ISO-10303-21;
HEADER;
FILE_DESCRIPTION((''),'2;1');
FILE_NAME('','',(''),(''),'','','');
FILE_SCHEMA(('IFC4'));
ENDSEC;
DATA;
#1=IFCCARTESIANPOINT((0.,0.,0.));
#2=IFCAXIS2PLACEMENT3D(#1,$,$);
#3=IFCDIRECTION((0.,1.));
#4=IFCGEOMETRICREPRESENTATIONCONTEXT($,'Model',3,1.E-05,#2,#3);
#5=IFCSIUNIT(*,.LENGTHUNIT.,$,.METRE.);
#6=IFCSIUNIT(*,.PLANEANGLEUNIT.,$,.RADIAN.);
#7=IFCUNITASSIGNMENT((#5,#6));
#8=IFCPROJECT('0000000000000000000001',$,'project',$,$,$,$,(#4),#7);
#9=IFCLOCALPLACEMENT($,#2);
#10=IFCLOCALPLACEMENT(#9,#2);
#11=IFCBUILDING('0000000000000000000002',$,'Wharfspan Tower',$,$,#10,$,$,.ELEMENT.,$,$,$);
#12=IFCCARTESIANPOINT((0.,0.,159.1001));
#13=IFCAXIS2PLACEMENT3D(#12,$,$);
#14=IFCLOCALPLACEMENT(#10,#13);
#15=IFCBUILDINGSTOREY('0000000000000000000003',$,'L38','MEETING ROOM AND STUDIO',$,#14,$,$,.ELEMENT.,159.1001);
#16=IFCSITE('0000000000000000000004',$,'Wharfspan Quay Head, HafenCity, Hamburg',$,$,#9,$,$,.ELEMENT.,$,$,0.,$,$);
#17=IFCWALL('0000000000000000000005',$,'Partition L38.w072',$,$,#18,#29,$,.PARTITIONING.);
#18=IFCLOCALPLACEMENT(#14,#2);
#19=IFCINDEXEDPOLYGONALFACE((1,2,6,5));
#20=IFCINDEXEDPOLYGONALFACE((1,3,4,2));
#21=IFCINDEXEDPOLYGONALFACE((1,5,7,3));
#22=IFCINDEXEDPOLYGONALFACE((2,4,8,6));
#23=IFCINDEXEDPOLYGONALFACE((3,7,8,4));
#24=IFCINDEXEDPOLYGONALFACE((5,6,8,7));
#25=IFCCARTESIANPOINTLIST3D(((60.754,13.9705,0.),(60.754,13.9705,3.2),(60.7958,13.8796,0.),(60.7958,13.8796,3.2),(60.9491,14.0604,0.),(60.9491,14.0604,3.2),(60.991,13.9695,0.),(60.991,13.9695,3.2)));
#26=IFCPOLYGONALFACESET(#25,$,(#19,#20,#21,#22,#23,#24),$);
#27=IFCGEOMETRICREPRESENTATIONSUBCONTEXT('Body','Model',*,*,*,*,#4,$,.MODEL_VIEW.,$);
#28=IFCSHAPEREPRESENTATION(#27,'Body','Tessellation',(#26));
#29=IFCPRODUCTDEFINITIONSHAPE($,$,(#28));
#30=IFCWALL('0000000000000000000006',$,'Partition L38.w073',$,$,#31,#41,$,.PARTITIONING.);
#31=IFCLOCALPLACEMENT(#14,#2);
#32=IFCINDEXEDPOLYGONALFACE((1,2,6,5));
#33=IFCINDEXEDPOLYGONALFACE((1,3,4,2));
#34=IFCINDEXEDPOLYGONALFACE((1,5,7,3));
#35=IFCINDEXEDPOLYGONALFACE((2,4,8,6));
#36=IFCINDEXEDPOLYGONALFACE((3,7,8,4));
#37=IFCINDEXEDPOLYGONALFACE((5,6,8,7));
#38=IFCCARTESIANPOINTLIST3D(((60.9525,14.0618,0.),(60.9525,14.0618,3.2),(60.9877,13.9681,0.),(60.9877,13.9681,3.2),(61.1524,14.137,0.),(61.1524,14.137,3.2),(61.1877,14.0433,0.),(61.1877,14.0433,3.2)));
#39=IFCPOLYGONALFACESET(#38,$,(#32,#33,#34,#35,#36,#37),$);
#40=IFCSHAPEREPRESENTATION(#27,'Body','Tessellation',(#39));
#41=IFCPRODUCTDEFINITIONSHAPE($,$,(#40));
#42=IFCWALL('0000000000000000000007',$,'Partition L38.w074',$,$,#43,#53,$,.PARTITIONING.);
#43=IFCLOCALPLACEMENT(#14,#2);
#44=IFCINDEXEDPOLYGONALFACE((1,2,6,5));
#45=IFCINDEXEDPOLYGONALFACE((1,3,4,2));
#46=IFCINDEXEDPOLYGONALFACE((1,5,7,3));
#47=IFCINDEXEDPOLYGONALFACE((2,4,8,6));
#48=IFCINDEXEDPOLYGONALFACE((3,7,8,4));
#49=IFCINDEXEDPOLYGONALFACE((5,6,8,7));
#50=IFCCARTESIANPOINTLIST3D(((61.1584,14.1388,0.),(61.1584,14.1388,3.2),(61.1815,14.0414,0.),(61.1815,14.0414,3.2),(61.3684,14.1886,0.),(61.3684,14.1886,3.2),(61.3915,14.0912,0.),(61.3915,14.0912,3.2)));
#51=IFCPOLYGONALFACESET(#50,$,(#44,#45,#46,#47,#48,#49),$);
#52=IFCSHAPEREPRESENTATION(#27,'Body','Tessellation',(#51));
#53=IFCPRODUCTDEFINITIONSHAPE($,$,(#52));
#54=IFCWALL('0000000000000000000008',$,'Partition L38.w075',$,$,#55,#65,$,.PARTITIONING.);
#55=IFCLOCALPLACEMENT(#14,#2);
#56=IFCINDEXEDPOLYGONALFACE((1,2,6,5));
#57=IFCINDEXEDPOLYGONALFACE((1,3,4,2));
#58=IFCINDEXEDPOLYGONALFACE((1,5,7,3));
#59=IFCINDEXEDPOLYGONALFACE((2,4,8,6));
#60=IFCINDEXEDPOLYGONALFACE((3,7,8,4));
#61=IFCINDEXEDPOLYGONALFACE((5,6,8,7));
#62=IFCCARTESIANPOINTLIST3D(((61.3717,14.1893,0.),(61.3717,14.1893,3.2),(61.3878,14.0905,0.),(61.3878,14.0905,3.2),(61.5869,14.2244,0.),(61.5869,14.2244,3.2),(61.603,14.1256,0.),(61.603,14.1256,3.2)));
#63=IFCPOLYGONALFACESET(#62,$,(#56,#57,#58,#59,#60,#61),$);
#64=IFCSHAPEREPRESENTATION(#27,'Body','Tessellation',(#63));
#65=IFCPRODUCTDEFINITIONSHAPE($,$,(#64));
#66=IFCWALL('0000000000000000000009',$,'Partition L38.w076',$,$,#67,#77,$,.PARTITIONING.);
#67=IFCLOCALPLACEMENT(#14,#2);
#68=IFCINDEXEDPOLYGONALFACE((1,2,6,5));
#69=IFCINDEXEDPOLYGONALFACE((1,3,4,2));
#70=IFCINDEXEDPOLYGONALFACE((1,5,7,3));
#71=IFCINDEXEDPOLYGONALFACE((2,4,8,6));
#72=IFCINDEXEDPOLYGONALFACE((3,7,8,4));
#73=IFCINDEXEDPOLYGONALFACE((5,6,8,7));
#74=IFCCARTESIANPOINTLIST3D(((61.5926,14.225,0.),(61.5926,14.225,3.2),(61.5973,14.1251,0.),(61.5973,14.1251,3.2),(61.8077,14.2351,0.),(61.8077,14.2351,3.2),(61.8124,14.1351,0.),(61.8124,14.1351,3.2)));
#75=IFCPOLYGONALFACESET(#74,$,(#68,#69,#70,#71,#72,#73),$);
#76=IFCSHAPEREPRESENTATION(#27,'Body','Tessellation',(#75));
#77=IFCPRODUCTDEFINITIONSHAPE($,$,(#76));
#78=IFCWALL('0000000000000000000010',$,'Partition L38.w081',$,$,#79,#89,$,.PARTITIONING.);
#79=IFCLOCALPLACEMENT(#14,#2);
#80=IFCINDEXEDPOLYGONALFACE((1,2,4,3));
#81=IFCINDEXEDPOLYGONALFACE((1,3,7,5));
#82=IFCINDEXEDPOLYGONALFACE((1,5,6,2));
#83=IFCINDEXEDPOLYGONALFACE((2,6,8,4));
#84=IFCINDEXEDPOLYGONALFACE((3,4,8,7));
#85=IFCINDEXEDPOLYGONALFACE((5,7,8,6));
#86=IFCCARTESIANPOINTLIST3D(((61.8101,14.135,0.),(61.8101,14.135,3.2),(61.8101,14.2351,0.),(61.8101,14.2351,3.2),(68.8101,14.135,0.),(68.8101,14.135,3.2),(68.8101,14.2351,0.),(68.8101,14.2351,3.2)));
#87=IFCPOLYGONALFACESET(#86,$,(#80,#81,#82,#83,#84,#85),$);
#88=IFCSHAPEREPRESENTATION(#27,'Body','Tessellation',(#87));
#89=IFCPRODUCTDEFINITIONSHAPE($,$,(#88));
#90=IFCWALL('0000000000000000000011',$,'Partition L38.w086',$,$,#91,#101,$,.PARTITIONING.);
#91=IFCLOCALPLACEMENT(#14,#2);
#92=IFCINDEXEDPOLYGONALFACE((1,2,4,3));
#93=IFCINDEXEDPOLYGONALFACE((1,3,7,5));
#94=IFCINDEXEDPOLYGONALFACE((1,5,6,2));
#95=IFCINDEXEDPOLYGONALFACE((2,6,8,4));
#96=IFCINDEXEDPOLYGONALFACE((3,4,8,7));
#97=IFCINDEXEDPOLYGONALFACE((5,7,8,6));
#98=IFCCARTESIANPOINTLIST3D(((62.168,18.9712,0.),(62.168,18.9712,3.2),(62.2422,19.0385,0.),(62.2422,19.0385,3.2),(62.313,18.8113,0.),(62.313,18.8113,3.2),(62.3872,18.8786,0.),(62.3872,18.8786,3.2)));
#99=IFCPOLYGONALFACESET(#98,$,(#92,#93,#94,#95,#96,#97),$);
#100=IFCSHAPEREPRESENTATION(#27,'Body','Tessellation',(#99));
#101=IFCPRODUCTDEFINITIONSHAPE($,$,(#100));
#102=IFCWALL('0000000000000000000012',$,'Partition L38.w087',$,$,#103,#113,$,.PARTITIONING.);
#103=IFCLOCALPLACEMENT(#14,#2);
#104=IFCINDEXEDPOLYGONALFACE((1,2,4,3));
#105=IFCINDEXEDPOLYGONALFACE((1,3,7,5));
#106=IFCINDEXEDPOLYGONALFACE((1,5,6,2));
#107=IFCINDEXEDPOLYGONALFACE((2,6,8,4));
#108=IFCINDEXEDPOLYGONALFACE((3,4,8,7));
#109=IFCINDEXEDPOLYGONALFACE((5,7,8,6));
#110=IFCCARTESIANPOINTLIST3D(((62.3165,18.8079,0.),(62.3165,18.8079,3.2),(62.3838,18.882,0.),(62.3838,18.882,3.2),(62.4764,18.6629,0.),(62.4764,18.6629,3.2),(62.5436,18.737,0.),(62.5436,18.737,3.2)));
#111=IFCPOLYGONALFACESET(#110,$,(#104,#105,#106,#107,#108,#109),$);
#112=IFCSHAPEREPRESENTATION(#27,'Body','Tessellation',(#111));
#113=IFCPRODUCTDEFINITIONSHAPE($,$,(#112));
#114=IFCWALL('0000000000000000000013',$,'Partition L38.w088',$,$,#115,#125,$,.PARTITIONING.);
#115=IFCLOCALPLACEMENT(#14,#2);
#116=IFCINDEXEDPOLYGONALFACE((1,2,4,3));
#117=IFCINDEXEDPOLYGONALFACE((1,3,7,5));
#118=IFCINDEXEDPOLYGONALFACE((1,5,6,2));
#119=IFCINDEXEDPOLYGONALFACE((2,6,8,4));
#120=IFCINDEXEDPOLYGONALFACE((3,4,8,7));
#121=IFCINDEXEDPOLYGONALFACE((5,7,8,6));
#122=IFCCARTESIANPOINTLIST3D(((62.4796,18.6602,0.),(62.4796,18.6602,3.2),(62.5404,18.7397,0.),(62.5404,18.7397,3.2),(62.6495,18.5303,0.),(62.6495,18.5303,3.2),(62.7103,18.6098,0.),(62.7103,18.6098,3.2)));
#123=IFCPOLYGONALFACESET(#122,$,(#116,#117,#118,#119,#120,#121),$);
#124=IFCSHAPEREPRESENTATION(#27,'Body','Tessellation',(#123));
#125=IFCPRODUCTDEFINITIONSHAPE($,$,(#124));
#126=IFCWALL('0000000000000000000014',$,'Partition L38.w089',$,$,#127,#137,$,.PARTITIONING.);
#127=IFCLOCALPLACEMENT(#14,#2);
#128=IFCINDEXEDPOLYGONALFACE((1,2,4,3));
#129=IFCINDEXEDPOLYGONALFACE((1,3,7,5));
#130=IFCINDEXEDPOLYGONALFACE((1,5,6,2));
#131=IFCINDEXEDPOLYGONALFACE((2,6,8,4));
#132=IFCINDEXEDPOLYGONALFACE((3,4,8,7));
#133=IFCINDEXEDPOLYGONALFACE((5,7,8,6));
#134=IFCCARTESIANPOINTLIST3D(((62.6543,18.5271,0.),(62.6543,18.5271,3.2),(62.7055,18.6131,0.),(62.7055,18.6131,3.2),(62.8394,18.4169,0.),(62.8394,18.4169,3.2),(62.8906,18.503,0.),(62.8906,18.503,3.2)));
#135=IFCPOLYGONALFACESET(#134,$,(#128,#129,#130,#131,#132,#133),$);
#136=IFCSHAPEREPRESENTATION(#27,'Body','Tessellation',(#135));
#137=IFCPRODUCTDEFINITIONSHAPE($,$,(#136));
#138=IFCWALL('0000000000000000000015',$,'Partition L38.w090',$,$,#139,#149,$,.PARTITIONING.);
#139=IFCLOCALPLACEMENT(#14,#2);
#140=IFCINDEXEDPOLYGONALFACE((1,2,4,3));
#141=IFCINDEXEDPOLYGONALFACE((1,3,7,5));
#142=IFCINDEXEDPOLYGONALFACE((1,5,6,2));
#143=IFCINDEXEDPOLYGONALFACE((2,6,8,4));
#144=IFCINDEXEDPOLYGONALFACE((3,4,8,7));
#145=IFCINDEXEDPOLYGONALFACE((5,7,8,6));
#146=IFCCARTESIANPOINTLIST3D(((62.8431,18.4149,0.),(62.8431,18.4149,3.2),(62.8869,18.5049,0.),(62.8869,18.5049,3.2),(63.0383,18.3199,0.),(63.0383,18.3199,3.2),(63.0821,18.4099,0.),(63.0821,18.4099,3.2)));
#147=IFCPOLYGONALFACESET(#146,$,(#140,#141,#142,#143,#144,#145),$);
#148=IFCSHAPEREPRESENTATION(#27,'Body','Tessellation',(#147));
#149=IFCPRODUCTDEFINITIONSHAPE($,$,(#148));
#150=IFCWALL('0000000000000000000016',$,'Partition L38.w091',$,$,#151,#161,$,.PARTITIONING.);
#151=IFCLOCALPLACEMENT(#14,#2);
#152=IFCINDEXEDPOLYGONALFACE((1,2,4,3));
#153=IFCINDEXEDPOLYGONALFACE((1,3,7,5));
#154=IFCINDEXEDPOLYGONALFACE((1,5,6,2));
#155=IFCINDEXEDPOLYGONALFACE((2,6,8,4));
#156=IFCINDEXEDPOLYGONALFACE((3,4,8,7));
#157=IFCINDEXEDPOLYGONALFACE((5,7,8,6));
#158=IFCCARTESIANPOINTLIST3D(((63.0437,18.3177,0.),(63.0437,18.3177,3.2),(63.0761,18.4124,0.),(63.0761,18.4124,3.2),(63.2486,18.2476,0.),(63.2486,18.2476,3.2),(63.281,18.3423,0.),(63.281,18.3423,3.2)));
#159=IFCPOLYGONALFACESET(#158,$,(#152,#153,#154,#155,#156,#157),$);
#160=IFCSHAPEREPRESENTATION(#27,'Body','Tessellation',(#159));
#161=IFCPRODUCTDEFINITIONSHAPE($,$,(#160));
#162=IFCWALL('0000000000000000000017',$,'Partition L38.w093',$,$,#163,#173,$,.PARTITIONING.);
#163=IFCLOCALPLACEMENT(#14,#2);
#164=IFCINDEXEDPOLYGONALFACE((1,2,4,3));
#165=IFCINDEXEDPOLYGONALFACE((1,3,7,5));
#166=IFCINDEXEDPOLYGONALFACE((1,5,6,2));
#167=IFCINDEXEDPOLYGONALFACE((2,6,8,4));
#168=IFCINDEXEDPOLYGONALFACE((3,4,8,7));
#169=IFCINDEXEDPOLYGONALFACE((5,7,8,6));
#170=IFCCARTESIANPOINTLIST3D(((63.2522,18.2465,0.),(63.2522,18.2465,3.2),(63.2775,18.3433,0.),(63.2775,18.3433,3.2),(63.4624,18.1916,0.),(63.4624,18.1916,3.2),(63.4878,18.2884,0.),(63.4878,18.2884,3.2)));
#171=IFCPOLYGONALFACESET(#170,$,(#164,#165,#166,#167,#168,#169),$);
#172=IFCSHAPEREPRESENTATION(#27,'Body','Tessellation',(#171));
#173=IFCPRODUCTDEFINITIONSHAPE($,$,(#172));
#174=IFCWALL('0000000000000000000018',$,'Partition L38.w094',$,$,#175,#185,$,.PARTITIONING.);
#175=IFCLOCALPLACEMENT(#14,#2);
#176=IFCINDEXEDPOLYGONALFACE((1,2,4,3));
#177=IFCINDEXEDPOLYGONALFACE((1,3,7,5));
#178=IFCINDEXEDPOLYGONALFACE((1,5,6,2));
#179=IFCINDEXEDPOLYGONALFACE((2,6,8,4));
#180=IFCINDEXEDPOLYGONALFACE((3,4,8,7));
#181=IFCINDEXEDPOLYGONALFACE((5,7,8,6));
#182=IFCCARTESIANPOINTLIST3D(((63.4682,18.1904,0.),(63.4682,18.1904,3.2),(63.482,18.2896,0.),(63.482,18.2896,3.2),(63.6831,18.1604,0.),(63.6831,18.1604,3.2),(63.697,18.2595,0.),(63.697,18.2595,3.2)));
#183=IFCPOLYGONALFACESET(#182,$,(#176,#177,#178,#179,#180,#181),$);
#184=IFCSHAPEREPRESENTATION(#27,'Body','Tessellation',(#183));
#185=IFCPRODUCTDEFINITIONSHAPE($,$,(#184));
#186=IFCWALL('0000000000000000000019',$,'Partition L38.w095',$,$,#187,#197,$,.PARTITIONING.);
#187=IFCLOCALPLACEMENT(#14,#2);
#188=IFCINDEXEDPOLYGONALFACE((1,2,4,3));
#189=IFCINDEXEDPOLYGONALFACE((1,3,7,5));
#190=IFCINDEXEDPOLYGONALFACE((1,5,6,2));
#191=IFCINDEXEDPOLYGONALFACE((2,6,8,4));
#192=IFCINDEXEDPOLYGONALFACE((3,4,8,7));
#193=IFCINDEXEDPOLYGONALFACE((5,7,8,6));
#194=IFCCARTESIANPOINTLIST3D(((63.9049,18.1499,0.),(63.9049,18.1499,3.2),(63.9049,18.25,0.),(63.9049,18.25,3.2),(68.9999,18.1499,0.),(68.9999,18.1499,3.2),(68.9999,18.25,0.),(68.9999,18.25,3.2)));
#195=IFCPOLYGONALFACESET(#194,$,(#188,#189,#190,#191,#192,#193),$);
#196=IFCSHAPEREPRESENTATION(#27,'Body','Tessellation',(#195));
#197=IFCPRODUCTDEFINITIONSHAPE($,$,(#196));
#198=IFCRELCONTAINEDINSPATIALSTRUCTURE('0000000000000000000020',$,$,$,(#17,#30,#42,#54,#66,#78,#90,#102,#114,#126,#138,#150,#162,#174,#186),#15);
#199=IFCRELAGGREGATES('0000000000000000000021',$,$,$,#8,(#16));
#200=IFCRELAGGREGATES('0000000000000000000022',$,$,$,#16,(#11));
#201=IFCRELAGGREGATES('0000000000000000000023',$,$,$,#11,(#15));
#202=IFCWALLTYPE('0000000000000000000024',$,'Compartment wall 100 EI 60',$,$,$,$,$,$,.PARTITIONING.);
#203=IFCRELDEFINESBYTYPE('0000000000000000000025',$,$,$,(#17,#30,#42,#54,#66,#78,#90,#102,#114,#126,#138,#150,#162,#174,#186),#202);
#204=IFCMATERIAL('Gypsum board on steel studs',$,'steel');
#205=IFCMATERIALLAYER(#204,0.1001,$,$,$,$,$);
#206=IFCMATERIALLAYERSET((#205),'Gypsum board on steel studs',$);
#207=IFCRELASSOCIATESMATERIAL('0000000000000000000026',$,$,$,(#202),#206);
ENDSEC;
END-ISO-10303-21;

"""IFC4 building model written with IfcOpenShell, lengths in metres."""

from ifc_helpers import new_model, si_unit, direction, frame, frame_2d, origin, place, context, subcontext, project, spatial, rectangle, extrude, material, layer, layer_set, type_object, element, save


model = new_model("IFC4")

# Units and contexts
model_context = context("Model", 3, precision=1e-05, world=origin(), true_north=direction((0.0, 1.0)))
body_context = subcontext(model_context, "Body", "Model", "MODEL_VIEW")
ifc_project = project(units=[si_unit("LENGTHUNIT", "METRE"), si_unit("PLANEANGLEUNIT", "RADIAN")], contexts=[model_context])

# Site, building, storey
site_placement = place(None, origin())
site = spatial("IfcSite", under=ifc_project, at=site_placement, Name="Wharfspan Quay Head, HafenCity, Hamburg", CompositionType="ELEMENT", RefElevation=0.0)
building_placement = place(site_placement, origin())
building = spatial("IfcBuilding", under=site, at=building_placement, Name="Wharfspan Tower", CompositionType="ELEMENT")
storey_placement = place(building_placement, frame((0.0, 0.0, 159.1001)))
storey = spatial("IfcBuildingStorey", under=building, at=storey_placement, Name="L38", Description="MEETING ROOM AND STUDIO", CompositionType="ELEMENT", Elevation=159.1001)

# Walls
ifc_material_1 = material(Name="Gypsum board on steel studs", Category="steel")
ifc_layer_1 = layer(ifc_material_1, 0.1001)
ifc_layer_set_1 = layer_set([ifc_layer_1], Name="Gypsum board on steel studs")
wall_type_1 = type_object("IfcWallType", Name="Compartment wall 100 EI 60", PredefinedType="PARTITIONING", material=ifc_layer_set_1)
wall_1_placement = place(storey_placement, frame((60.7749, 13.925, 0.0), z_axis=(0.0, 0.0, 1.0), x_axis=(0.908296, 0.418339, 0.0)))
element("IfcWall", 1, at=wall_1_placement, inside=storey, type_object=wall_type_1, Name="Partition L38.w072", PredefinedType="PARTITIONING", context=body_context, shape_type="SweptSolid", body=[
    extrude(rectangle(XDim=0.2148, YDim=0.1001, at=frame_2d((0.1074, 0.0))), origin(), (0.0, 0.0, 1.0), 3.2),
])
wall_2_placement = place(storey_placement, frame((60.97, 14.0149, 0.0), z_axis=(0.0, 0.0, 1.0), x_axis=(0.936, 0.352, 0.0)))
element("IfcWall", 2, at=wall_2_placement, inside=storey, type_object=wall_type_1, Name="Partition L38.w073", PredefinedType="PARTITIONING", context=body_context, shape_type="SweptSolid", body=[
    extrude(rectangle(XDim=0.2136, YDim=0.1001, at=frame_2d((0.1069, 0.0))), origin(), (0.0, 0.0, 1.0), 3.2),
])
wall_3_placement = place(storey_placement, frame((61.1699, 14.0901, 0.0), z_axis=(0.0, 0.0, 1.0), x_axis=(0.972997, 0.230804, 0.0)))
element("IfcWall", 3, at=wall_3_placement, inside=storey, type_object=wall_type_1, Name="Partition L38.w074", PredefinedType="PARTITIONING", context=body_context, shape_type="SweptSolid", body=[
    extrude(rectangle(XDim=0.2158, YDim=0.1001, at=frame_2d((0.1079, 0.0))), origin(), (0.0, 0.0, 1.0), 3.2),
])
wall_4_placement = place(storey_placement, frame((61.3799, 14.1399, 0.0), z_axis=(0.0, 0.0, 1.0), x_axis=(0.986904, 0.16131, 0.0)))
element("IfcWall", 4, at=wall_4_placement, inside=storey, type_object=wall_type_1, Name="Partition L38.w075", PredefinedType="PARTITIONING", context=body_context, shape_type="SweptSolid", body=[
    extrude(rectangle(XDim=0.218, YDim=0.1001, at=frame_2d((0.1089, 0.0))), origin(), (0.0, 0.0, 1.0), 3.2),
])
wall_5_placement = place(storey_placement, frame((61.595, 14.175, 0.0), z_axis=(0.0, 0.0, 1.0), x_axis=(0.998923, 0.046488, 0.0)))
element("IfcWall", 5, at=wall_5_placement, inside=storey, type_object=wall_type_1, Name="Partition L38.w076", PredefinedType="PARTITIONING", context=body_context, shape_type="SweptSolid", body=[
    extrude(rectangle(XDim=0.2153, YDim=0.1001, at=frame_2d((0.1077, 0.0))), origin(), (0.0, 0.0, 1.0), 3.2),
])
wall_6_placement = place(storey_placement, frame((61.8101, 14.1851, 0.0), z_axis=(0.0, 0.0, 1.0), x_axis=(1.0, 0.0, 0.0)))
element("IfcWall", 6, at=wall_6_placement, inside=storey, type_object=wall_type_1, Name="Partition L38.w081", PredefinedType="PARTITIONING", context=body_context, shape_type="SweptSolid", body=[
    extrude(rectangle(XDim=7.0, YDim=0.1001, at=frame_2d((3.5, 0.0))), origin(), (0.0, 0.0, 1.0), 3.2),
])
for number, where, z_axis, x_axis, name in (
    (7, (62.3501, 18.845, 0.0), (0.0, 0.0, 1.0), (-0.671775, 0.740762, 0.0), "Partition L38.w086"),
    (8, (62.51, 18.7, 0.0), (0.0, 0.0, 1.0), (-0.740762, 0.671775, 0.0), "Partition L38.w087"),
):
    element("IfcWall", number, at=place(storey_placement, frame(where, z_axis=z_axis, x_axis=x_axis)), inside=storey, type_object=wall_type_1, Name=name, PredefinedType="PARTITIONING", context=body_context, shape_type="SweptSolid", body=[
        extrude(rectangle(XDim=0.2158, YDim=0.1001, at=frame_2d((0.1079, 0.0))), origin(), (0.0, 0.0, 1.0), 3.2),
    ])
wall_7_placement = place(storey_placement, frame((62.6799, 18.5701, 0.0), z_axis=(0.0, 0.0, 1.0), x_axis=(-0.794484, 0.607278, 0.0)))
element("IfcWall", 9, at=wall_7_placement, inside=storey, type_object=wall_type_1, Name="Partition L38.w088", PredefinedType="PARTITIONING", context=body_context, shape_type="SweptSolid", body=[
    extrude(rectangle(XDim=0.2139, YDim=0.1001, at=frame_2d((0.1069, 0.0))), origin(), (0.0, 0.0, 1.0), 3.2),
])
wall_8_placement = place(storey_placement, frame((62.865, 18.46, 0.0), z_axis=(0.0, 0.0, 1.0), x_axis=(-0.859387, 0.511324, 0.0)))
element("IfcWall", 10, at=wall_8_placement, inside=storey, type_object=wall_type_1, Name="Partition L38.w089", PredefinedType="PARTITIONING", context=body_context, shape_type="SweptSolid", body=[
    extrude(rectangle(XDim=0.2153, YDim=0.1001, at=frame_2d((0.1077, 0.0))), origin(), (0.0, 0.0, 1.0), 3.2),
])
wall_9_placement = place(storey_placement, frame((63.0601, 18.365, 0.0), z_axis=(0.0, 0.0, 1.0), x_axis=(-0.899103, 0.437736, 0.0)))
element("IfcWall", 11, at=wall_9_placement, inside=storey, type_object=wall_type_1, Name="Partition L38.w090", PredefinedType="PARTITIONING", context=body_context, shape_type="SweptSolid", body=[
    extrude(rectangle(XDim=0.217, YDim=0.1001, at=frame_2d((0.1084, 0.0))), origin(), (0.0, 0.0, 1.0), 3.2),
])
wall_10_placement = place(storey_placement, frame((63.2649, 18.2949, 0.0), z_axis=(0.0, 0.0, 1.0), x_axis=(-0.94617, 0.32366, 0.0)))
element("IfcWall", 12, at=wall_10_placement, inside=storey, type_object=wall_type_1, Name="Partition L38.w091", PredefinedType="PARTITIONING", context=body_context, shape_type="SweptSolid", body=[
    extrude(rectangle(XDim=0.2166, YDim=0.1001, at=frame_2d((0.1084, 0.0))), origin(), (0.0, 0.0, 1.0), 3.2),
])
wall_11_placement = place(storey_placement, frame((63.4751, 18.24, 0.0), z_axis=(0.0, 0.0, 1.0), x_axis=(-0.967508, 0.252833, 0.0)))
element("IfcWall", 13, at=wall_11_placement, inside=storey, type_object=wall_type_1, Name="Partition L38.w093", PredefinedType="PARTITIONING", context=body_context, shape_type="SweptSolid", body=[
    extrude(rectangle(XDim=0.2173, YDim=0.1001, at=frame_2d((0.1086, 0.0))), origin(), (0.0, 0.0, 1.0), 3.2),
])
wall_12_placement = place(storey_placement, frame((63.6899, 18.21, 0.0), z_axis=(0.0, 0.0, 1.0), x_axis=(-0.990372, 0.138427, 0.0)))
element("IfcWall", 14, at=wall_12_placement, inside=storey, type_object=wall_type_1, Name="Partition L38.w094", PredefinedType="PARTITIONING", context=body_context, shape_type="SweptSolid", body=[
    extrude(rectangle(XDim=0.217, YDim=0.1001, at=frame_2d((0.1084, 0.0))), origin(), (0.0, 0.0, 1.0), 3.2),
])
wall_13_placement = place(storey_placement, frame((63.905, 18.2, 0.0), z_axis=(0.0, 0.0, 1.0), x_axis=(1.0, 0.0, 0.0)))
element("IfcWall", 15, at=wall_13_placement, inside=storey, type_object=wall_type_1, Name="Partition L38.w095", PredefinedType="PARTITIONING", context=body_context, shape_type="SweptSolid", body=[
    extrude(rectangle(XDim=5.095, YDim=0.1001, at=frame_2d((2.5474, 0.0))), origin(), (0.0, 0.0, 1.0), 3.2),
])

save(model, "model.ifc")
